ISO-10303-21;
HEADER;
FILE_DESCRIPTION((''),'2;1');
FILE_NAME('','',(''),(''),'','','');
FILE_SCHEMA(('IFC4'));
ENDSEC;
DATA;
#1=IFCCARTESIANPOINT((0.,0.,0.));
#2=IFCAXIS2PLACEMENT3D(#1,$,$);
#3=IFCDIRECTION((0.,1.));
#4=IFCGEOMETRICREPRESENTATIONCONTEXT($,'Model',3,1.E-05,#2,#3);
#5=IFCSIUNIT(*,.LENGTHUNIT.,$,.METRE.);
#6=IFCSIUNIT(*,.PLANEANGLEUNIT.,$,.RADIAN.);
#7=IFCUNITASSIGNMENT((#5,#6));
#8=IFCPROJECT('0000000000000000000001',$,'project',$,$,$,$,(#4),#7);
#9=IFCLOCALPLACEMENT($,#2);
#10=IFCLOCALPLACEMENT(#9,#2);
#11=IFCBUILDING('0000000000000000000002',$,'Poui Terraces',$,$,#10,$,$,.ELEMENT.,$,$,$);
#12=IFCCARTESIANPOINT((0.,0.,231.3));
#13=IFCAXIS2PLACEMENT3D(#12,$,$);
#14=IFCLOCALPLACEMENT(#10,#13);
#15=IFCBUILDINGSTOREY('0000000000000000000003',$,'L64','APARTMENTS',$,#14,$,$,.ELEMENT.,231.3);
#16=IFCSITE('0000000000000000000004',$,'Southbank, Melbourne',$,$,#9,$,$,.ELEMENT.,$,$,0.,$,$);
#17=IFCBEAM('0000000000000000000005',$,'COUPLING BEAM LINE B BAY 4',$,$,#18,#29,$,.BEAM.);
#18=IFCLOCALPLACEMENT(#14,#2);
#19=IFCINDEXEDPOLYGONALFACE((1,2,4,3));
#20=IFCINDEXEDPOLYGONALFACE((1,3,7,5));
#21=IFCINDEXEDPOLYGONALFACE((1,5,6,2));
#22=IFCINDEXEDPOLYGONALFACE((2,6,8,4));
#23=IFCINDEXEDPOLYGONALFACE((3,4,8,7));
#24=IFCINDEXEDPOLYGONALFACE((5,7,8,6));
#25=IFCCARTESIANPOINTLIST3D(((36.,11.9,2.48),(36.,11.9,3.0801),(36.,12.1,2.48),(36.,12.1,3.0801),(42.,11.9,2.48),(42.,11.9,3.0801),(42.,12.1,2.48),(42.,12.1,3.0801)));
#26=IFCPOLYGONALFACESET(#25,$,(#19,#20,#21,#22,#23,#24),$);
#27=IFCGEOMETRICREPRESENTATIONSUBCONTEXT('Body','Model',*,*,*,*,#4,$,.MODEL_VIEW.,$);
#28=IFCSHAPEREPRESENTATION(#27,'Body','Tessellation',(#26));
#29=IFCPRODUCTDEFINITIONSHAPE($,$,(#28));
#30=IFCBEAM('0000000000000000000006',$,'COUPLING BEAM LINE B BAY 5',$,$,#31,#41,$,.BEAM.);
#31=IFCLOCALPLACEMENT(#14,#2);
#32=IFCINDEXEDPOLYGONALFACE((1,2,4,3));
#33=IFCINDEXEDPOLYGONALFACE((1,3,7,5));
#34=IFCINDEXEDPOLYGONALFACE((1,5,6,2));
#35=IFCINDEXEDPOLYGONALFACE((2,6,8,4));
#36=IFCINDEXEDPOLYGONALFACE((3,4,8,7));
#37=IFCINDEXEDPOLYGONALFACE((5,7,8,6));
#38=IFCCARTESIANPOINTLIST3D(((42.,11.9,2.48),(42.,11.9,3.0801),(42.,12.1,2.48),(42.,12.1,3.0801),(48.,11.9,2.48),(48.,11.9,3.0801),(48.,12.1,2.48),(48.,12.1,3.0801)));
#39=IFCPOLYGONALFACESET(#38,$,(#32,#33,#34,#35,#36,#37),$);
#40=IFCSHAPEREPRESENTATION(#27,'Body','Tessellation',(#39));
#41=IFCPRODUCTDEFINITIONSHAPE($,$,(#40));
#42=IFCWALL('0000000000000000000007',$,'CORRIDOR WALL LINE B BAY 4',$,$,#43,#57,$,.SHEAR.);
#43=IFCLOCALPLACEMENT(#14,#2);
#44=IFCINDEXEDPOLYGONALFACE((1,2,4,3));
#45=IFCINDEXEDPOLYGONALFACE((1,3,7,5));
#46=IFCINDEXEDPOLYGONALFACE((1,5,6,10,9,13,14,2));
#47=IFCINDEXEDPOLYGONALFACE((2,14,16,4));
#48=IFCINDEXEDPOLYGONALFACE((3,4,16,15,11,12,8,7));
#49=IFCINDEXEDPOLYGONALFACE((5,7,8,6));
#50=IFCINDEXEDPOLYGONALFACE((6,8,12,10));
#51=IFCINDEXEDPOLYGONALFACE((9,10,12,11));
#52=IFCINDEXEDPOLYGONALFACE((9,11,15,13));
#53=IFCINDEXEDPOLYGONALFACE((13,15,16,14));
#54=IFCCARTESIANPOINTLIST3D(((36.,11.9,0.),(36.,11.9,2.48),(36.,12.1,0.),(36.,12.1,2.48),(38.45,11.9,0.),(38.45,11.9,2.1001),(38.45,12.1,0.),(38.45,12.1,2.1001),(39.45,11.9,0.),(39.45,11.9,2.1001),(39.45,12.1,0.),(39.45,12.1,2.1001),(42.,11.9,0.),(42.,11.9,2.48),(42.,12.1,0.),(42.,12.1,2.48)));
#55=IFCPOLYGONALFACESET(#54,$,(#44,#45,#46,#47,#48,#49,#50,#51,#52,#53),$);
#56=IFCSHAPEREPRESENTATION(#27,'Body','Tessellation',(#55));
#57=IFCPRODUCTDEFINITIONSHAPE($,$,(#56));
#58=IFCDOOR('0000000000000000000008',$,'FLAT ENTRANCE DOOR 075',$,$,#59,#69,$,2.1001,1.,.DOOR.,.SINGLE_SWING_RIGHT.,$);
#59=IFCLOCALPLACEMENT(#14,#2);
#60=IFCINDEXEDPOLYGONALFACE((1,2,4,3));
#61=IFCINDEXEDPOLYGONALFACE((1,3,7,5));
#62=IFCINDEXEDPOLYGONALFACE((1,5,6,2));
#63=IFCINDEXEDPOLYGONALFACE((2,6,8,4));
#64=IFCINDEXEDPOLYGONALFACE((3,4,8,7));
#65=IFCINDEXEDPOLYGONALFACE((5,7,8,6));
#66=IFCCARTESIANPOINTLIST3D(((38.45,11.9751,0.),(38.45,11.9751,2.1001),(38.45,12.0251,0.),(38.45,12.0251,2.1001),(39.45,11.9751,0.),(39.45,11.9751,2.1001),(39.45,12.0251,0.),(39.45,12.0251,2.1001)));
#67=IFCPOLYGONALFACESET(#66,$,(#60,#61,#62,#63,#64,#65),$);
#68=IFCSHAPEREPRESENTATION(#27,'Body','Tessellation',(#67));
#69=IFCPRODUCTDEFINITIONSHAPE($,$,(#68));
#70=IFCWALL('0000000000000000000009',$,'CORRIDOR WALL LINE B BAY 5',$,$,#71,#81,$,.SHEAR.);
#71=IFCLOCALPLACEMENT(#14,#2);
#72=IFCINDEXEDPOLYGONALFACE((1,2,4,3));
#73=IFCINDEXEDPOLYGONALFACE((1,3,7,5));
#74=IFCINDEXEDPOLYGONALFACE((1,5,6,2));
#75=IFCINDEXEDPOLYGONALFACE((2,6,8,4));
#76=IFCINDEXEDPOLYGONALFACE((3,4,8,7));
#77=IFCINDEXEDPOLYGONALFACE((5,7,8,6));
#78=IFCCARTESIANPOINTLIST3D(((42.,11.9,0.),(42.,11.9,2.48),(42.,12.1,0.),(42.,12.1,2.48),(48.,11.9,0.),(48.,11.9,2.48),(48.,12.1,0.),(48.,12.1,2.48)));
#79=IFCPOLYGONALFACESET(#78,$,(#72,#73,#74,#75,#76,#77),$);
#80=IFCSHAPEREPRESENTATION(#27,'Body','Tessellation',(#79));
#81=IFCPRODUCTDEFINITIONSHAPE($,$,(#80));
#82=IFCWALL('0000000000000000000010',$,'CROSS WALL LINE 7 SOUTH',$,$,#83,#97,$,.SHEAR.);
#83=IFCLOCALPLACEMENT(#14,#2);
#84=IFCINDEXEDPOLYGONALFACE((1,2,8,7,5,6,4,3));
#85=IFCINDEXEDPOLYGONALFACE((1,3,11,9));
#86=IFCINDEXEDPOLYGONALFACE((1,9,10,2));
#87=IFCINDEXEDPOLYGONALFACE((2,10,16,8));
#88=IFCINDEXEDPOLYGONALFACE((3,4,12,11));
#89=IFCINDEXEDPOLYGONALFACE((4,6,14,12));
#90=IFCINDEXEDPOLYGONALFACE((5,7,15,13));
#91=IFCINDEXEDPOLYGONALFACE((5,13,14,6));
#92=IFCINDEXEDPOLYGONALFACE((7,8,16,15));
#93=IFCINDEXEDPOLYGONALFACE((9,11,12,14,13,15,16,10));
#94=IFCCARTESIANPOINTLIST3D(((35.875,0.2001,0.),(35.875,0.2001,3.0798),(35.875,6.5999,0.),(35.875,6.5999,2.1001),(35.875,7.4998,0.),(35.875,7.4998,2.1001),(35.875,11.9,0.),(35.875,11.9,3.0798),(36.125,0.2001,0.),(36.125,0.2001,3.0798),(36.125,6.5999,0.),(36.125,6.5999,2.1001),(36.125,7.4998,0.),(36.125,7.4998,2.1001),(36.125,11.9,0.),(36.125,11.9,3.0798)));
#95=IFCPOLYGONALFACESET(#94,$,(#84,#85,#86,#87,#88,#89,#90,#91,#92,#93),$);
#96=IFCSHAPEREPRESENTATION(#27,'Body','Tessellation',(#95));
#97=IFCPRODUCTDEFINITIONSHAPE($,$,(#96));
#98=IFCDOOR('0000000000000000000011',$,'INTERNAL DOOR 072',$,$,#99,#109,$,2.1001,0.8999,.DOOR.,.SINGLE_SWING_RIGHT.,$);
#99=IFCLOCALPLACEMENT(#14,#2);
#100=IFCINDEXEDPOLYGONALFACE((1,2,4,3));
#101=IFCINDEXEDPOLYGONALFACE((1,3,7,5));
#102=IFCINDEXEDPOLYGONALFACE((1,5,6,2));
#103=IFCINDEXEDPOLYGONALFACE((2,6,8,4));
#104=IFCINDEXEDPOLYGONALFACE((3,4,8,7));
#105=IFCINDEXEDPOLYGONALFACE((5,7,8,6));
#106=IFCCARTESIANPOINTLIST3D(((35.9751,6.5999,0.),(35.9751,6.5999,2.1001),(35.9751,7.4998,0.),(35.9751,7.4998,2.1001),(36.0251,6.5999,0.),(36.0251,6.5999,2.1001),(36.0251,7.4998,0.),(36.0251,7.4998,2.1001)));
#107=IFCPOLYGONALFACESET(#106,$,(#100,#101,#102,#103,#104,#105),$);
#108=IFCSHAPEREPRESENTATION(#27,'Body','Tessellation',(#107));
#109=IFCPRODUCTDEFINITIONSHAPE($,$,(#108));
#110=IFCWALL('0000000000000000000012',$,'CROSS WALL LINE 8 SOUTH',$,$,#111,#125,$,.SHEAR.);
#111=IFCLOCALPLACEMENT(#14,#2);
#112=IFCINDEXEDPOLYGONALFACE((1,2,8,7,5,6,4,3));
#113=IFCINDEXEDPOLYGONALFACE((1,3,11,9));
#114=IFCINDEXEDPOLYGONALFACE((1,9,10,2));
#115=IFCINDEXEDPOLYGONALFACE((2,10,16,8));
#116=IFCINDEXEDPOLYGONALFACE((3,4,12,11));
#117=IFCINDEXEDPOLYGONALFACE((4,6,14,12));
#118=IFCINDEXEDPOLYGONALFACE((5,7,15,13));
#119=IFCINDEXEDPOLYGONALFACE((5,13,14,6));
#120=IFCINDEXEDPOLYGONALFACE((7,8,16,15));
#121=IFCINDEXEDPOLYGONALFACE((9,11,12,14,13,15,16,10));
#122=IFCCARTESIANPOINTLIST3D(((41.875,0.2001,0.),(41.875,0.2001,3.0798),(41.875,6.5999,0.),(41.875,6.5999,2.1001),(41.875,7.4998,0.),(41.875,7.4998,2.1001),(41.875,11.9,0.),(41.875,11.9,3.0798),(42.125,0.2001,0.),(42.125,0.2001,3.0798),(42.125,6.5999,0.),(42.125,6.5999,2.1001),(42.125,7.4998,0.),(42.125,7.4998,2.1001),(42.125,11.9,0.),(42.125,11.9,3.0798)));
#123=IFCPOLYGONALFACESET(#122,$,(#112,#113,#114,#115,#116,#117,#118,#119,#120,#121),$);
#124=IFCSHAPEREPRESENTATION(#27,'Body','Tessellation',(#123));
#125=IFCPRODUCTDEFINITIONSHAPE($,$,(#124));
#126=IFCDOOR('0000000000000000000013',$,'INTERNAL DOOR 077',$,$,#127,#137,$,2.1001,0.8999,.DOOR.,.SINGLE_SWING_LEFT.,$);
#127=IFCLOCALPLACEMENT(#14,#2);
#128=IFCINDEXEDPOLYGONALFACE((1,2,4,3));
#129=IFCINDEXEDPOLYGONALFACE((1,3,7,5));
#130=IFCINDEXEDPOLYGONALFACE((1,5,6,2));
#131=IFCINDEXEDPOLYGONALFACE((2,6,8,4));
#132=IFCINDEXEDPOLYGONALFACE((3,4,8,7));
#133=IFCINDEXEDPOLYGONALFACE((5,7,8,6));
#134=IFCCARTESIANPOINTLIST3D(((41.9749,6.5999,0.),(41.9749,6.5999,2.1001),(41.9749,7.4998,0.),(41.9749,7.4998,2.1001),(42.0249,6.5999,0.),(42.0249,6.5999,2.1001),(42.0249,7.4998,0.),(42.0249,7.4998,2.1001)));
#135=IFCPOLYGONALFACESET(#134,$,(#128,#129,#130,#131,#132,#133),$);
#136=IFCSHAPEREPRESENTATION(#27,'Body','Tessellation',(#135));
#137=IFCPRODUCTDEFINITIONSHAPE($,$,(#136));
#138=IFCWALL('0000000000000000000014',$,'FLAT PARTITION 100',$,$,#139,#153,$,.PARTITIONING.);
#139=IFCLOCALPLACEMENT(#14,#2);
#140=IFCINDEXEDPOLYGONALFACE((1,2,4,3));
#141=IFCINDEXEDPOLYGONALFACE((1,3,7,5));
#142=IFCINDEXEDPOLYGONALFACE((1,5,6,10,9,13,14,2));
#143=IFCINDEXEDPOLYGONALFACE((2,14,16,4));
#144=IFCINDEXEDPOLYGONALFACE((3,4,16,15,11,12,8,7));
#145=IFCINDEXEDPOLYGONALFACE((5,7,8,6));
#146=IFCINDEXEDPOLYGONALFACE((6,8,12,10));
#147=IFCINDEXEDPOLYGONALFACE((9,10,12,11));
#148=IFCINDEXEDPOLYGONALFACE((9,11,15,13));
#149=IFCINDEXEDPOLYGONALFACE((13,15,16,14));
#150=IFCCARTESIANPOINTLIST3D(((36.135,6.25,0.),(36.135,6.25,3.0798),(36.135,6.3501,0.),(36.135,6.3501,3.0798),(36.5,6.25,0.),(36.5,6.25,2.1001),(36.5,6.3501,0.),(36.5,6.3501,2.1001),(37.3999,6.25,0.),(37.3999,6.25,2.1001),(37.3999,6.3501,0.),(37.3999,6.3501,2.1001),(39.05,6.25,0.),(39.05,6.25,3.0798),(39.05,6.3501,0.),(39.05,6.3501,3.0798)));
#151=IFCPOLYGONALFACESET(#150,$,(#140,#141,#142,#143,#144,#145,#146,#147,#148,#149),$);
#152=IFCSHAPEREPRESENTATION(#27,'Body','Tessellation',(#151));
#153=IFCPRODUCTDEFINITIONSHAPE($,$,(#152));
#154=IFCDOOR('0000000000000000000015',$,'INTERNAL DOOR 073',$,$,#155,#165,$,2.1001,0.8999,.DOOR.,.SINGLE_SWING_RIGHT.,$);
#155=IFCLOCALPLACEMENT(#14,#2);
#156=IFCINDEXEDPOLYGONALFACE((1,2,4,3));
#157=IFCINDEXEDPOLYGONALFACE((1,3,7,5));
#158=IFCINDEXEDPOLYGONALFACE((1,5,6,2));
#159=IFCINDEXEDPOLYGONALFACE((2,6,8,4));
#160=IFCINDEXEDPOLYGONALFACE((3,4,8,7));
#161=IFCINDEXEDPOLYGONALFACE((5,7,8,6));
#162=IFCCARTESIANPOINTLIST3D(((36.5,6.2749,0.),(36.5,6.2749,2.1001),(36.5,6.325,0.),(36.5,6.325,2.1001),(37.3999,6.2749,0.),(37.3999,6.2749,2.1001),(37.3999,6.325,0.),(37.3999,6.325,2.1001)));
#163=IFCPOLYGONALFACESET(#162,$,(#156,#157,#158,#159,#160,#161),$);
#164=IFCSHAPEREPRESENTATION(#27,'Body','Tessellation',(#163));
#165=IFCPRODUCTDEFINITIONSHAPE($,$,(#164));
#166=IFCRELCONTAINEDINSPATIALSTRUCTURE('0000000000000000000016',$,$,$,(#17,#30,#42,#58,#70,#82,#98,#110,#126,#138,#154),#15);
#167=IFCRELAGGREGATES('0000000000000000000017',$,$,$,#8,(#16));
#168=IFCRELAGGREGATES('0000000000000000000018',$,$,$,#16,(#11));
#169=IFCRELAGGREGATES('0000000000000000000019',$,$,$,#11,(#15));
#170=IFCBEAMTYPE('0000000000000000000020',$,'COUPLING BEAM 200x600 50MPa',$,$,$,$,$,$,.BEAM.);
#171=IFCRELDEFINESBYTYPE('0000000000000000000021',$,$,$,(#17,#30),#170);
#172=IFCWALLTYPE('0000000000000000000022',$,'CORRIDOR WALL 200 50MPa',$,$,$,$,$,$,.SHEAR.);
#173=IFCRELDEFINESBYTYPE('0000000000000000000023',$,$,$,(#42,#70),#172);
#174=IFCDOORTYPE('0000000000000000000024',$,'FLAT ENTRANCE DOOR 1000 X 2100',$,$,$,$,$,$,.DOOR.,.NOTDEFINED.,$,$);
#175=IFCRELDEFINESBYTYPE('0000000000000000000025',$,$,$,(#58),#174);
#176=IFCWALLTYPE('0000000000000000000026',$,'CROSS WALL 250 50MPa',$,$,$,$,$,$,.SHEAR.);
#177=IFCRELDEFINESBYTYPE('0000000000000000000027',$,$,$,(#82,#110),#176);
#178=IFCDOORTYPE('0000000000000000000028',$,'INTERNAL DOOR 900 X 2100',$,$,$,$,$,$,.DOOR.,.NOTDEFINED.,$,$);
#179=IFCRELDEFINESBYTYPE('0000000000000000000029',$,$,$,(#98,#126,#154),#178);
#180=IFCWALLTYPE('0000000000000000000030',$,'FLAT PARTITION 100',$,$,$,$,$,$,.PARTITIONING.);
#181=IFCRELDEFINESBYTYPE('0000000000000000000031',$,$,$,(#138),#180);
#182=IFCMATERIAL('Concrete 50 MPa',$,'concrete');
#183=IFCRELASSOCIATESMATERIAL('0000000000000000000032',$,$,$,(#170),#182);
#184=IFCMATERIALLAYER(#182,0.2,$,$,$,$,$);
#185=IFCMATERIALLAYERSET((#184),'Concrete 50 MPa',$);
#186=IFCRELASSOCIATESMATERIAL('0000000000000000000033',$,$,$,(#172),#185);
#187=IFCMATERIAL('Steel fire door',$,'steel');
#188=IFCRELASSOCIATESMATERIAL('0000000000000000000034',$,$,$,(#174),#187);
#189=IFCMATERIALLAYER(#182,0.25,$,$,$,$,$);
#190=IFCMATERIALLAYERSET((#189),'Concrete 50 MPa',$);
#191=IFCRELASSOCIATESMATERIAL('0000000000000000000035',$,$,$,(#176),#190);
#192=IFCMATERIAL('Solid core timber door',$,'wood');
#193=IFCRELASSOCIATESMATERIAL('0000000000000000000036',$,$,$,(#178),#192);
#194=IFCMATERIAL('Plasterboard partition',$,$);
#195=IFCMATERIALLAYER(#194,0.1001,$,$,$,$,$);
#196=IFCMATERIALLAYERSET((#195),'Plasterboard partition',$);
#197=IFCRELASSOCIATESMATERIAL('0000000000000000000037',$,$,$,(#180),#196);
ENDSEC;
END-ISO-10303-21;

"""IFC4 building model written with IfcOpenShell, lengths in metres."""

from ifc_helpers import new_model, si_unit, direction, frame, frame_2d, origin, origin_2d, place, context, subcontext, project, spatial, rectangle, extrude, source, transform, mapped, material, layer, layer_set, material_profile, profile_set, type_object, element, fill, save


model = new_model("IFC4")

# Units and contexts
model_context = context("Model", 3, precision=1e-05, world=origin(), true_north=direction((0.0, 1.0)))
body_context = subcontext(model_context, "Body", "Model", "MODEL_VIEW")
ifc_project = project(units=[si_unit("LENGTHUNIT", "METRE"), si_unit("PLANEANGLEUNIT", "RADIAN")], contexts=[model_context])

# Site, building, storey
site_placement = place(None, origin())
site = spatial("IfcSite", under=ifc_project, at=site_placement, Name="Southbank, Melbourne", CompositionType="ELEMENT", RefElevation=0.0)
building_placement = place(site_placement, origin())
building = spatial("IfcBuilding", under=site, at=building_placement, Name="Poui Terraces", CompositionType="ELEMENT")
storey_placement = place(building_placement, frame((0.0, 0.0, 231.3)))
storey = spatial("IfcBuildingStorey", under=building, at=storey_placement, Name="L64", Description="APARTMENTS", CompositionType="ELEMENT", Elevation=231.3)

# Beams
ifc_material_1 = material(Name="Concrete 50 MPa", Category="concrete")
ifc_material_profile_1 = material_profile(ifc_material_1, rectangle(XDim=0.2, YDim=0.6001, at=origin_2d()), Name="RC 200x600")
ifc_profile_set_1 = profile_set([ifc_material_profile_1], Name="Concrete 50 MPa")
beam_type = type_object("IfcBeamType", Name="COUPLING BEAM 200x600 50MPa", PredefinedType="BEAM", material=ifc_profile_set_1)
shared_shape_1 = source(origin(), body_context, "Body", "SweptSolid", [
    extrude(rectangle(XDim=0.2, YDim=0.6001, at=origin_2d()), origin(), (0.0, 0.0, 1.0), 6.0),
])
for number, where, z_axis, x_axis, name in (
    (1, (36.0, 12.0, 2.78), (1.0, 0.0, 0.0), (0.0, 1.0, 0.0), "COUPLING BEAM LINE B BAY 4"),
    (2, (42.0, 12.0, 2.78), (1.0, 0.0, 0.0), (0.0, 1.0, 0.0), "COUPLING BEAM LINE B BAY 5"),
):
    element("IfcBeam", number, at=place(storey_placement, frame(where, z_axis=z_axis, x_axis=x_axis)), inside=storey, type_object=beam_type, Name=name, PredefinedType="BEAM", context=body_context, shape_type="MappedRepresentation", body=[
        mapped(shared_shape_1, transform((0.0, 0.0, 0.0))),
    ])

# Wall, opening, door
ifc_layer_1 = layer(ifc_material_1, 0.2)
ifc_layer_set_1 = layer_set([ifc_layer_1], Name="Concrete 50 MPa")
wall_type_1 = type_object("IfcWallType", Name="CORRIDOR WALL 200 50MPa", PredefinedType="SHEAR", material=ifc_layer_set_1)
wall_1_placement = place(storey_placement, frame((36.0, 12.0, 0.0), z_axis=(0.0, 0.0, 1.0), x_axis=(1.0, 0.0, 0.0)))
wall_1 = element("IfcWall", 3, at=wall_1_placement, inside=storey, type_object=wall_type_1, Name="CORRIDOR WALL LINE B BAY 4", PredefinedType="SHEAR", context=body_context, shape_type="SweptSolid", body=[
    extrude(rectangle(XDim=6.0, YDim=0.2, at=frame_2d((3.0, 0.0))), origin(), (0.0, 0.0, 1.0), 2.48),
])
opening_1_placement = place(wall_1_placement, frame((2.45, 0.0, 0.0)))
opening_1 = element("IfcOpeningElement", 4, at=opening_1_placement, cuts=wall_1, PredefinedType="OPENING", context=body_context, shape_type="SweptSolid", body=[
    extrude(rectangle(XDim=1.0, YDim=2.1001, at=frame_2d((0.5, 1.05))), frame((0.0, 0.1099, 0.0), z_axis=(0.0, -1.0, 0.0), x_axis=(1.0, 0.0, 0.0)), (0.0, 0.0, 1.0), 0.22),
])
ifc_material_2 = material(Name="Steel fire door", Category="steel")
door_type_1 = type_object("IfcDoorType", Name="FLAT ENTRANCE DOOR 1000 X 2100", OperationType="NOTDEFINED", PredefinedType="DOOR", material=ifc_material_2)
door_1_placement = place(opening_1_placement, frame((1.0, 0.0, 0.0), z_axis=(0.0, 0.0, 1.0), x_axis=(-1.0, 0.0, 0.0)))
door_1 = element("IfcDoor", 5, at=door_1_placement, inside=storey, type_object=door_type_1, Name="FLAT ENTRANCE DOOR 075", OperationType="SINGLE_SWING_RIGHT", OverallHeight=2.1001, OverallWidth=1.0, PredefinedType="DOOR", context=body_context, shape_type="SweptSolid", body=[
    extrude(rectangle(XDim=1.0, YDim=2.1001, at=frame_2d((0.5, 1.05))), frame((0.0, 0.0249, 0.0), z_axis=(0.0, -1.0, 0.0), x_axis=(1.0, 0.0, 0.0)), (0.0, 0.0, 1.0), 0.05),
])
fill(opening_1, door_1)

# Wall
wall_2_placement = place(storey_placement, frame((42.0, 12.0, 0.0), z_axis=(0.0, 0.0, 1.0), x_axis=(1.0, 0.0, 0.0)))
element("IfcWall", 6, at=wall_2_placement, inside=storey, type_object=wall_type_1, Name="CORRIDOR WALL LINE B BAY 5", PredefinedType="SHEAR", context=body_context, shape_type="SweptSolid", body=[
    extrude(rectangle(XDim=6.0, YDim=0.2, at=frame_2d((3.0, 0.0))), origin(), (0.0, 0.0, 1.0), 2.48),
])

# Walls, openings, doors
ifc_layer_2 = layer(ifc_material_1, 0.25)
ifc_layer_set_2 = layer_set([ifc_layer_2], Name="Concrete 50 MPa")
wall_type_2 = type_object("IfcWallType", Name="CROSS WALL 250 50MPa", PredefinedType="SHEAR", material=ifc_layer_set_2)
wall_3_placement = place(storey_placement, frame((36.0, 0.2, 0.0), z_axis=(0.0, 0.0, 1.0), x_axis=(0.0, 1.0, 0.0)))
wall_3 = element("IfcWall", 7, at=wall_3_placement, inside=storey, type_object=wall_type_2, Name="CROSS WALL LINE 7 SOUTH", PredefinedType="SHEAR", context=body_context, shape_type="SweptSolid", body=[
    extrude(rectangle(XDim=11.7, YDim=0.25, at=frame_2d((5.8501, 0.0))), origin(), (0.0, 0.0, 1.0), 3.0798),
])
opening_2_placement = place(wall_3_placement, frame((6.3999, 0.0, 0.0)))
opening_2 = element("IfcOpeningElement", 8, at=opening_2_placement, cuts=wall_3, PredefinedType="OPENING", context=body_context, shape_type="SweptSolid", body=[
    extrude(rectangle(XDim=0.8999, YDim=2.1001, at=frame_2d((0.45, 1.05))), frame((0.0, 0.135, 0.0), z_axis=(0.0, -1.0, 0.0), x_axis=(1.0, 0.0, 0.0)), (0.0, 0.0, 1.0), 0.27),
])
ifc_material_3 = material(Name="Solid core timber door", Category="wood")
door_type_2 = type_object("IfcDoorType", Name="INTERNAL DOOR 900 X 2100", OperationType="NOTDEFINED", PredefinedType="DOOR", material=ifc_material_3)
door_2_placement = place(opening_2_placement, origin())
door_2 = element("IfcDoor", 9, at=door_2_placement, inside=storey, type_object=door_type_2, Name="INTERNAL DOOR 072", OperationType="SINGLE_SWING_RIGHT", OverallHeight=2.1001, OverallWidth=0.8999, PredefinedType="DOOR", context=body_context, shape_type="SweptSolid", body=[
    extrude(rectangle(XDim=0.8999, YDim=2.1001, at=frame_2d((0.45, 1.05))), frame((0.0, 0.0249, 0.0), z_axis=(0.0, -1.0, 0.0), x_axis=(1.0, 0.0, 0.0)), (0.0, 0.0, 1.0), 0.05),
])
fill(opening_2, door_2)
wall_4_placement = place(storey_placement, frame((42.0, 0.2, 0.0), z_axis=(0.0, 0.0, 1.0), x_axis=(0.0, 1.0, 0.0)))
wall_4 = element("IfcWall", 10, at=wall_4_placement, inside=storey, type_object=wall_type_2, Name="CROSS WALL LINE 8 SOUTH", PredefinedType="SHEAR", context=body_context, shape_type="SweptSolid", body=[
    extrude(rectangle(XDim=11.7, YDim=0.25, at=frame_2d((5.8501, 0.0))), origin(), (0.0, 0.0, 1.0), 3.0798),
])
opening_3_placement = place(wall_4_placement, frame((6.3999, 0.0, 0.0)))
opening_3 = element("IfcOpeningElement", 11, at=opening_3_placement, cuts=wall_4, PredefinedType="OPENING", context=body_context, shape_type="SweptSolid", body=[
    extrude(rectangle(XDim=0.8999, YDim=2.1001, at=frame_2d((0.45, 1.05))), frame((0.0, 0.135, 0.0), z_axis=(0.0, -1.0, 0.0), x_axis=(1.0, 0.0, 0.0)), (0.0, 0.0, 1.0), 0.27),
])
door_3_placement = place(opening_3_placement, frame((0.8999, 0.0, 0.0), z_axis=(0.0, 0.0, 1.0), x_axis=(-1.0, 0.0, 0.0)))
door_3 = element("IfcDoor", 12, at=door_3_placement, inside=storey, type_object=door_type_2, Name="INTERNAL DOOR 077", OperationType="SINGLE_SWING_LEFT", OverallHeight=2.1001, OverallWidth=0.8999, PredefinedType="DOOR", context=body_context, shape_type="SweptSolid", body=[
    extrude(rectangle(XDim=0.8999, YDim=2.1001, at=frame_2d((0.45, 1.05))), frame((0.0, 0.0249, 0.0), z_axis=(0.0, -1.0, 0.0), x_axis=(1.0, 0.0, 0.0)), (0.0, 0.0, 1.0), 0.05),
])
fill(opening_3, door_3)
ifc_material_4 = material(Name="Plasterboard partition")
ifc_layer_3 = layer(ifc_material_4, 0.1001)
ifc_layer_set_3 = layer_set([ifc_layer_3], Name="Plasterboard partition")
wall_type_3 = type_object("IfcWallType", Name="FLAT PARTITION 100", PredefinedType="PARTITIONING", material=ifc_layer_set_3)
wall_5_placement = place(storey_placement, frame((36.135, 6.3, 0.0), z_axis=(0.0, 0.0, 1.0), x_axis=(1.0, 0.0, 0.0)))
wall_5 = element("IfcWall", 13, at=wall_5_placement, inside=storey, type_object=wall_type_3, Name="FLAT PARTITION 100", PredefinedType="PARTITIONING", context=body_context, shape_type="SweptSolid", body=[
    extrude(rectangle(XDim=2.915, YDim=0.1001, at=frame_2d((1.4575, 0.0))), origin(), (0.0, 0.0, 1.0), 3.0798),
])
opening_4_placement = place(wall_5_placement, frame((0.365, 0.0, 0.0)))
opening_4 = element("IfcOpeningElement", 14, at=opening_4_placement, cuts=wall_5, PredefinedType="OPENING", context=body_context, shape_type="SweptSolid", body=[
    extrude(rectangle(XDim=0.8999, YDim=2.1001, at=frame_2d((0.45, 1.05))), frame((0.0, 0.0601, 0.0), z_axis=(0.0, -1.0, 0.0), x_axis=(1.0, 0.0, 0.0)), (0.0, 0.0, 1.0), 0.1201),
])
door_4_placement = place(opening_4_placement, origin())
door_4 = element("IfcDoor", 15, at=door_4_placement, inside=storey, type_object=door_type_2, Name="INTERNAL DOOR 073", OperationType="SINGLE_SWING_RIGHT", OverallHeight=2.1001, OverallWidth=0.8999, PredefinedType="DOOR", context=body_context, shape_type="SweptSolid", body=[
    extrude(rectangle(XDim=0.8999, YDim=2.1001, at=frame_2d((0.45, 1.05))), frame((0.0, 0.0249, 0.0), z_axis=(0.0, -1.0, 0.0), x_axis=(1.0, 0.0, 0.0)), (0.0, 0.0, 1.0), 0.05),
])
fill(opening_4, door_4)

save(model, "model.ifc")
